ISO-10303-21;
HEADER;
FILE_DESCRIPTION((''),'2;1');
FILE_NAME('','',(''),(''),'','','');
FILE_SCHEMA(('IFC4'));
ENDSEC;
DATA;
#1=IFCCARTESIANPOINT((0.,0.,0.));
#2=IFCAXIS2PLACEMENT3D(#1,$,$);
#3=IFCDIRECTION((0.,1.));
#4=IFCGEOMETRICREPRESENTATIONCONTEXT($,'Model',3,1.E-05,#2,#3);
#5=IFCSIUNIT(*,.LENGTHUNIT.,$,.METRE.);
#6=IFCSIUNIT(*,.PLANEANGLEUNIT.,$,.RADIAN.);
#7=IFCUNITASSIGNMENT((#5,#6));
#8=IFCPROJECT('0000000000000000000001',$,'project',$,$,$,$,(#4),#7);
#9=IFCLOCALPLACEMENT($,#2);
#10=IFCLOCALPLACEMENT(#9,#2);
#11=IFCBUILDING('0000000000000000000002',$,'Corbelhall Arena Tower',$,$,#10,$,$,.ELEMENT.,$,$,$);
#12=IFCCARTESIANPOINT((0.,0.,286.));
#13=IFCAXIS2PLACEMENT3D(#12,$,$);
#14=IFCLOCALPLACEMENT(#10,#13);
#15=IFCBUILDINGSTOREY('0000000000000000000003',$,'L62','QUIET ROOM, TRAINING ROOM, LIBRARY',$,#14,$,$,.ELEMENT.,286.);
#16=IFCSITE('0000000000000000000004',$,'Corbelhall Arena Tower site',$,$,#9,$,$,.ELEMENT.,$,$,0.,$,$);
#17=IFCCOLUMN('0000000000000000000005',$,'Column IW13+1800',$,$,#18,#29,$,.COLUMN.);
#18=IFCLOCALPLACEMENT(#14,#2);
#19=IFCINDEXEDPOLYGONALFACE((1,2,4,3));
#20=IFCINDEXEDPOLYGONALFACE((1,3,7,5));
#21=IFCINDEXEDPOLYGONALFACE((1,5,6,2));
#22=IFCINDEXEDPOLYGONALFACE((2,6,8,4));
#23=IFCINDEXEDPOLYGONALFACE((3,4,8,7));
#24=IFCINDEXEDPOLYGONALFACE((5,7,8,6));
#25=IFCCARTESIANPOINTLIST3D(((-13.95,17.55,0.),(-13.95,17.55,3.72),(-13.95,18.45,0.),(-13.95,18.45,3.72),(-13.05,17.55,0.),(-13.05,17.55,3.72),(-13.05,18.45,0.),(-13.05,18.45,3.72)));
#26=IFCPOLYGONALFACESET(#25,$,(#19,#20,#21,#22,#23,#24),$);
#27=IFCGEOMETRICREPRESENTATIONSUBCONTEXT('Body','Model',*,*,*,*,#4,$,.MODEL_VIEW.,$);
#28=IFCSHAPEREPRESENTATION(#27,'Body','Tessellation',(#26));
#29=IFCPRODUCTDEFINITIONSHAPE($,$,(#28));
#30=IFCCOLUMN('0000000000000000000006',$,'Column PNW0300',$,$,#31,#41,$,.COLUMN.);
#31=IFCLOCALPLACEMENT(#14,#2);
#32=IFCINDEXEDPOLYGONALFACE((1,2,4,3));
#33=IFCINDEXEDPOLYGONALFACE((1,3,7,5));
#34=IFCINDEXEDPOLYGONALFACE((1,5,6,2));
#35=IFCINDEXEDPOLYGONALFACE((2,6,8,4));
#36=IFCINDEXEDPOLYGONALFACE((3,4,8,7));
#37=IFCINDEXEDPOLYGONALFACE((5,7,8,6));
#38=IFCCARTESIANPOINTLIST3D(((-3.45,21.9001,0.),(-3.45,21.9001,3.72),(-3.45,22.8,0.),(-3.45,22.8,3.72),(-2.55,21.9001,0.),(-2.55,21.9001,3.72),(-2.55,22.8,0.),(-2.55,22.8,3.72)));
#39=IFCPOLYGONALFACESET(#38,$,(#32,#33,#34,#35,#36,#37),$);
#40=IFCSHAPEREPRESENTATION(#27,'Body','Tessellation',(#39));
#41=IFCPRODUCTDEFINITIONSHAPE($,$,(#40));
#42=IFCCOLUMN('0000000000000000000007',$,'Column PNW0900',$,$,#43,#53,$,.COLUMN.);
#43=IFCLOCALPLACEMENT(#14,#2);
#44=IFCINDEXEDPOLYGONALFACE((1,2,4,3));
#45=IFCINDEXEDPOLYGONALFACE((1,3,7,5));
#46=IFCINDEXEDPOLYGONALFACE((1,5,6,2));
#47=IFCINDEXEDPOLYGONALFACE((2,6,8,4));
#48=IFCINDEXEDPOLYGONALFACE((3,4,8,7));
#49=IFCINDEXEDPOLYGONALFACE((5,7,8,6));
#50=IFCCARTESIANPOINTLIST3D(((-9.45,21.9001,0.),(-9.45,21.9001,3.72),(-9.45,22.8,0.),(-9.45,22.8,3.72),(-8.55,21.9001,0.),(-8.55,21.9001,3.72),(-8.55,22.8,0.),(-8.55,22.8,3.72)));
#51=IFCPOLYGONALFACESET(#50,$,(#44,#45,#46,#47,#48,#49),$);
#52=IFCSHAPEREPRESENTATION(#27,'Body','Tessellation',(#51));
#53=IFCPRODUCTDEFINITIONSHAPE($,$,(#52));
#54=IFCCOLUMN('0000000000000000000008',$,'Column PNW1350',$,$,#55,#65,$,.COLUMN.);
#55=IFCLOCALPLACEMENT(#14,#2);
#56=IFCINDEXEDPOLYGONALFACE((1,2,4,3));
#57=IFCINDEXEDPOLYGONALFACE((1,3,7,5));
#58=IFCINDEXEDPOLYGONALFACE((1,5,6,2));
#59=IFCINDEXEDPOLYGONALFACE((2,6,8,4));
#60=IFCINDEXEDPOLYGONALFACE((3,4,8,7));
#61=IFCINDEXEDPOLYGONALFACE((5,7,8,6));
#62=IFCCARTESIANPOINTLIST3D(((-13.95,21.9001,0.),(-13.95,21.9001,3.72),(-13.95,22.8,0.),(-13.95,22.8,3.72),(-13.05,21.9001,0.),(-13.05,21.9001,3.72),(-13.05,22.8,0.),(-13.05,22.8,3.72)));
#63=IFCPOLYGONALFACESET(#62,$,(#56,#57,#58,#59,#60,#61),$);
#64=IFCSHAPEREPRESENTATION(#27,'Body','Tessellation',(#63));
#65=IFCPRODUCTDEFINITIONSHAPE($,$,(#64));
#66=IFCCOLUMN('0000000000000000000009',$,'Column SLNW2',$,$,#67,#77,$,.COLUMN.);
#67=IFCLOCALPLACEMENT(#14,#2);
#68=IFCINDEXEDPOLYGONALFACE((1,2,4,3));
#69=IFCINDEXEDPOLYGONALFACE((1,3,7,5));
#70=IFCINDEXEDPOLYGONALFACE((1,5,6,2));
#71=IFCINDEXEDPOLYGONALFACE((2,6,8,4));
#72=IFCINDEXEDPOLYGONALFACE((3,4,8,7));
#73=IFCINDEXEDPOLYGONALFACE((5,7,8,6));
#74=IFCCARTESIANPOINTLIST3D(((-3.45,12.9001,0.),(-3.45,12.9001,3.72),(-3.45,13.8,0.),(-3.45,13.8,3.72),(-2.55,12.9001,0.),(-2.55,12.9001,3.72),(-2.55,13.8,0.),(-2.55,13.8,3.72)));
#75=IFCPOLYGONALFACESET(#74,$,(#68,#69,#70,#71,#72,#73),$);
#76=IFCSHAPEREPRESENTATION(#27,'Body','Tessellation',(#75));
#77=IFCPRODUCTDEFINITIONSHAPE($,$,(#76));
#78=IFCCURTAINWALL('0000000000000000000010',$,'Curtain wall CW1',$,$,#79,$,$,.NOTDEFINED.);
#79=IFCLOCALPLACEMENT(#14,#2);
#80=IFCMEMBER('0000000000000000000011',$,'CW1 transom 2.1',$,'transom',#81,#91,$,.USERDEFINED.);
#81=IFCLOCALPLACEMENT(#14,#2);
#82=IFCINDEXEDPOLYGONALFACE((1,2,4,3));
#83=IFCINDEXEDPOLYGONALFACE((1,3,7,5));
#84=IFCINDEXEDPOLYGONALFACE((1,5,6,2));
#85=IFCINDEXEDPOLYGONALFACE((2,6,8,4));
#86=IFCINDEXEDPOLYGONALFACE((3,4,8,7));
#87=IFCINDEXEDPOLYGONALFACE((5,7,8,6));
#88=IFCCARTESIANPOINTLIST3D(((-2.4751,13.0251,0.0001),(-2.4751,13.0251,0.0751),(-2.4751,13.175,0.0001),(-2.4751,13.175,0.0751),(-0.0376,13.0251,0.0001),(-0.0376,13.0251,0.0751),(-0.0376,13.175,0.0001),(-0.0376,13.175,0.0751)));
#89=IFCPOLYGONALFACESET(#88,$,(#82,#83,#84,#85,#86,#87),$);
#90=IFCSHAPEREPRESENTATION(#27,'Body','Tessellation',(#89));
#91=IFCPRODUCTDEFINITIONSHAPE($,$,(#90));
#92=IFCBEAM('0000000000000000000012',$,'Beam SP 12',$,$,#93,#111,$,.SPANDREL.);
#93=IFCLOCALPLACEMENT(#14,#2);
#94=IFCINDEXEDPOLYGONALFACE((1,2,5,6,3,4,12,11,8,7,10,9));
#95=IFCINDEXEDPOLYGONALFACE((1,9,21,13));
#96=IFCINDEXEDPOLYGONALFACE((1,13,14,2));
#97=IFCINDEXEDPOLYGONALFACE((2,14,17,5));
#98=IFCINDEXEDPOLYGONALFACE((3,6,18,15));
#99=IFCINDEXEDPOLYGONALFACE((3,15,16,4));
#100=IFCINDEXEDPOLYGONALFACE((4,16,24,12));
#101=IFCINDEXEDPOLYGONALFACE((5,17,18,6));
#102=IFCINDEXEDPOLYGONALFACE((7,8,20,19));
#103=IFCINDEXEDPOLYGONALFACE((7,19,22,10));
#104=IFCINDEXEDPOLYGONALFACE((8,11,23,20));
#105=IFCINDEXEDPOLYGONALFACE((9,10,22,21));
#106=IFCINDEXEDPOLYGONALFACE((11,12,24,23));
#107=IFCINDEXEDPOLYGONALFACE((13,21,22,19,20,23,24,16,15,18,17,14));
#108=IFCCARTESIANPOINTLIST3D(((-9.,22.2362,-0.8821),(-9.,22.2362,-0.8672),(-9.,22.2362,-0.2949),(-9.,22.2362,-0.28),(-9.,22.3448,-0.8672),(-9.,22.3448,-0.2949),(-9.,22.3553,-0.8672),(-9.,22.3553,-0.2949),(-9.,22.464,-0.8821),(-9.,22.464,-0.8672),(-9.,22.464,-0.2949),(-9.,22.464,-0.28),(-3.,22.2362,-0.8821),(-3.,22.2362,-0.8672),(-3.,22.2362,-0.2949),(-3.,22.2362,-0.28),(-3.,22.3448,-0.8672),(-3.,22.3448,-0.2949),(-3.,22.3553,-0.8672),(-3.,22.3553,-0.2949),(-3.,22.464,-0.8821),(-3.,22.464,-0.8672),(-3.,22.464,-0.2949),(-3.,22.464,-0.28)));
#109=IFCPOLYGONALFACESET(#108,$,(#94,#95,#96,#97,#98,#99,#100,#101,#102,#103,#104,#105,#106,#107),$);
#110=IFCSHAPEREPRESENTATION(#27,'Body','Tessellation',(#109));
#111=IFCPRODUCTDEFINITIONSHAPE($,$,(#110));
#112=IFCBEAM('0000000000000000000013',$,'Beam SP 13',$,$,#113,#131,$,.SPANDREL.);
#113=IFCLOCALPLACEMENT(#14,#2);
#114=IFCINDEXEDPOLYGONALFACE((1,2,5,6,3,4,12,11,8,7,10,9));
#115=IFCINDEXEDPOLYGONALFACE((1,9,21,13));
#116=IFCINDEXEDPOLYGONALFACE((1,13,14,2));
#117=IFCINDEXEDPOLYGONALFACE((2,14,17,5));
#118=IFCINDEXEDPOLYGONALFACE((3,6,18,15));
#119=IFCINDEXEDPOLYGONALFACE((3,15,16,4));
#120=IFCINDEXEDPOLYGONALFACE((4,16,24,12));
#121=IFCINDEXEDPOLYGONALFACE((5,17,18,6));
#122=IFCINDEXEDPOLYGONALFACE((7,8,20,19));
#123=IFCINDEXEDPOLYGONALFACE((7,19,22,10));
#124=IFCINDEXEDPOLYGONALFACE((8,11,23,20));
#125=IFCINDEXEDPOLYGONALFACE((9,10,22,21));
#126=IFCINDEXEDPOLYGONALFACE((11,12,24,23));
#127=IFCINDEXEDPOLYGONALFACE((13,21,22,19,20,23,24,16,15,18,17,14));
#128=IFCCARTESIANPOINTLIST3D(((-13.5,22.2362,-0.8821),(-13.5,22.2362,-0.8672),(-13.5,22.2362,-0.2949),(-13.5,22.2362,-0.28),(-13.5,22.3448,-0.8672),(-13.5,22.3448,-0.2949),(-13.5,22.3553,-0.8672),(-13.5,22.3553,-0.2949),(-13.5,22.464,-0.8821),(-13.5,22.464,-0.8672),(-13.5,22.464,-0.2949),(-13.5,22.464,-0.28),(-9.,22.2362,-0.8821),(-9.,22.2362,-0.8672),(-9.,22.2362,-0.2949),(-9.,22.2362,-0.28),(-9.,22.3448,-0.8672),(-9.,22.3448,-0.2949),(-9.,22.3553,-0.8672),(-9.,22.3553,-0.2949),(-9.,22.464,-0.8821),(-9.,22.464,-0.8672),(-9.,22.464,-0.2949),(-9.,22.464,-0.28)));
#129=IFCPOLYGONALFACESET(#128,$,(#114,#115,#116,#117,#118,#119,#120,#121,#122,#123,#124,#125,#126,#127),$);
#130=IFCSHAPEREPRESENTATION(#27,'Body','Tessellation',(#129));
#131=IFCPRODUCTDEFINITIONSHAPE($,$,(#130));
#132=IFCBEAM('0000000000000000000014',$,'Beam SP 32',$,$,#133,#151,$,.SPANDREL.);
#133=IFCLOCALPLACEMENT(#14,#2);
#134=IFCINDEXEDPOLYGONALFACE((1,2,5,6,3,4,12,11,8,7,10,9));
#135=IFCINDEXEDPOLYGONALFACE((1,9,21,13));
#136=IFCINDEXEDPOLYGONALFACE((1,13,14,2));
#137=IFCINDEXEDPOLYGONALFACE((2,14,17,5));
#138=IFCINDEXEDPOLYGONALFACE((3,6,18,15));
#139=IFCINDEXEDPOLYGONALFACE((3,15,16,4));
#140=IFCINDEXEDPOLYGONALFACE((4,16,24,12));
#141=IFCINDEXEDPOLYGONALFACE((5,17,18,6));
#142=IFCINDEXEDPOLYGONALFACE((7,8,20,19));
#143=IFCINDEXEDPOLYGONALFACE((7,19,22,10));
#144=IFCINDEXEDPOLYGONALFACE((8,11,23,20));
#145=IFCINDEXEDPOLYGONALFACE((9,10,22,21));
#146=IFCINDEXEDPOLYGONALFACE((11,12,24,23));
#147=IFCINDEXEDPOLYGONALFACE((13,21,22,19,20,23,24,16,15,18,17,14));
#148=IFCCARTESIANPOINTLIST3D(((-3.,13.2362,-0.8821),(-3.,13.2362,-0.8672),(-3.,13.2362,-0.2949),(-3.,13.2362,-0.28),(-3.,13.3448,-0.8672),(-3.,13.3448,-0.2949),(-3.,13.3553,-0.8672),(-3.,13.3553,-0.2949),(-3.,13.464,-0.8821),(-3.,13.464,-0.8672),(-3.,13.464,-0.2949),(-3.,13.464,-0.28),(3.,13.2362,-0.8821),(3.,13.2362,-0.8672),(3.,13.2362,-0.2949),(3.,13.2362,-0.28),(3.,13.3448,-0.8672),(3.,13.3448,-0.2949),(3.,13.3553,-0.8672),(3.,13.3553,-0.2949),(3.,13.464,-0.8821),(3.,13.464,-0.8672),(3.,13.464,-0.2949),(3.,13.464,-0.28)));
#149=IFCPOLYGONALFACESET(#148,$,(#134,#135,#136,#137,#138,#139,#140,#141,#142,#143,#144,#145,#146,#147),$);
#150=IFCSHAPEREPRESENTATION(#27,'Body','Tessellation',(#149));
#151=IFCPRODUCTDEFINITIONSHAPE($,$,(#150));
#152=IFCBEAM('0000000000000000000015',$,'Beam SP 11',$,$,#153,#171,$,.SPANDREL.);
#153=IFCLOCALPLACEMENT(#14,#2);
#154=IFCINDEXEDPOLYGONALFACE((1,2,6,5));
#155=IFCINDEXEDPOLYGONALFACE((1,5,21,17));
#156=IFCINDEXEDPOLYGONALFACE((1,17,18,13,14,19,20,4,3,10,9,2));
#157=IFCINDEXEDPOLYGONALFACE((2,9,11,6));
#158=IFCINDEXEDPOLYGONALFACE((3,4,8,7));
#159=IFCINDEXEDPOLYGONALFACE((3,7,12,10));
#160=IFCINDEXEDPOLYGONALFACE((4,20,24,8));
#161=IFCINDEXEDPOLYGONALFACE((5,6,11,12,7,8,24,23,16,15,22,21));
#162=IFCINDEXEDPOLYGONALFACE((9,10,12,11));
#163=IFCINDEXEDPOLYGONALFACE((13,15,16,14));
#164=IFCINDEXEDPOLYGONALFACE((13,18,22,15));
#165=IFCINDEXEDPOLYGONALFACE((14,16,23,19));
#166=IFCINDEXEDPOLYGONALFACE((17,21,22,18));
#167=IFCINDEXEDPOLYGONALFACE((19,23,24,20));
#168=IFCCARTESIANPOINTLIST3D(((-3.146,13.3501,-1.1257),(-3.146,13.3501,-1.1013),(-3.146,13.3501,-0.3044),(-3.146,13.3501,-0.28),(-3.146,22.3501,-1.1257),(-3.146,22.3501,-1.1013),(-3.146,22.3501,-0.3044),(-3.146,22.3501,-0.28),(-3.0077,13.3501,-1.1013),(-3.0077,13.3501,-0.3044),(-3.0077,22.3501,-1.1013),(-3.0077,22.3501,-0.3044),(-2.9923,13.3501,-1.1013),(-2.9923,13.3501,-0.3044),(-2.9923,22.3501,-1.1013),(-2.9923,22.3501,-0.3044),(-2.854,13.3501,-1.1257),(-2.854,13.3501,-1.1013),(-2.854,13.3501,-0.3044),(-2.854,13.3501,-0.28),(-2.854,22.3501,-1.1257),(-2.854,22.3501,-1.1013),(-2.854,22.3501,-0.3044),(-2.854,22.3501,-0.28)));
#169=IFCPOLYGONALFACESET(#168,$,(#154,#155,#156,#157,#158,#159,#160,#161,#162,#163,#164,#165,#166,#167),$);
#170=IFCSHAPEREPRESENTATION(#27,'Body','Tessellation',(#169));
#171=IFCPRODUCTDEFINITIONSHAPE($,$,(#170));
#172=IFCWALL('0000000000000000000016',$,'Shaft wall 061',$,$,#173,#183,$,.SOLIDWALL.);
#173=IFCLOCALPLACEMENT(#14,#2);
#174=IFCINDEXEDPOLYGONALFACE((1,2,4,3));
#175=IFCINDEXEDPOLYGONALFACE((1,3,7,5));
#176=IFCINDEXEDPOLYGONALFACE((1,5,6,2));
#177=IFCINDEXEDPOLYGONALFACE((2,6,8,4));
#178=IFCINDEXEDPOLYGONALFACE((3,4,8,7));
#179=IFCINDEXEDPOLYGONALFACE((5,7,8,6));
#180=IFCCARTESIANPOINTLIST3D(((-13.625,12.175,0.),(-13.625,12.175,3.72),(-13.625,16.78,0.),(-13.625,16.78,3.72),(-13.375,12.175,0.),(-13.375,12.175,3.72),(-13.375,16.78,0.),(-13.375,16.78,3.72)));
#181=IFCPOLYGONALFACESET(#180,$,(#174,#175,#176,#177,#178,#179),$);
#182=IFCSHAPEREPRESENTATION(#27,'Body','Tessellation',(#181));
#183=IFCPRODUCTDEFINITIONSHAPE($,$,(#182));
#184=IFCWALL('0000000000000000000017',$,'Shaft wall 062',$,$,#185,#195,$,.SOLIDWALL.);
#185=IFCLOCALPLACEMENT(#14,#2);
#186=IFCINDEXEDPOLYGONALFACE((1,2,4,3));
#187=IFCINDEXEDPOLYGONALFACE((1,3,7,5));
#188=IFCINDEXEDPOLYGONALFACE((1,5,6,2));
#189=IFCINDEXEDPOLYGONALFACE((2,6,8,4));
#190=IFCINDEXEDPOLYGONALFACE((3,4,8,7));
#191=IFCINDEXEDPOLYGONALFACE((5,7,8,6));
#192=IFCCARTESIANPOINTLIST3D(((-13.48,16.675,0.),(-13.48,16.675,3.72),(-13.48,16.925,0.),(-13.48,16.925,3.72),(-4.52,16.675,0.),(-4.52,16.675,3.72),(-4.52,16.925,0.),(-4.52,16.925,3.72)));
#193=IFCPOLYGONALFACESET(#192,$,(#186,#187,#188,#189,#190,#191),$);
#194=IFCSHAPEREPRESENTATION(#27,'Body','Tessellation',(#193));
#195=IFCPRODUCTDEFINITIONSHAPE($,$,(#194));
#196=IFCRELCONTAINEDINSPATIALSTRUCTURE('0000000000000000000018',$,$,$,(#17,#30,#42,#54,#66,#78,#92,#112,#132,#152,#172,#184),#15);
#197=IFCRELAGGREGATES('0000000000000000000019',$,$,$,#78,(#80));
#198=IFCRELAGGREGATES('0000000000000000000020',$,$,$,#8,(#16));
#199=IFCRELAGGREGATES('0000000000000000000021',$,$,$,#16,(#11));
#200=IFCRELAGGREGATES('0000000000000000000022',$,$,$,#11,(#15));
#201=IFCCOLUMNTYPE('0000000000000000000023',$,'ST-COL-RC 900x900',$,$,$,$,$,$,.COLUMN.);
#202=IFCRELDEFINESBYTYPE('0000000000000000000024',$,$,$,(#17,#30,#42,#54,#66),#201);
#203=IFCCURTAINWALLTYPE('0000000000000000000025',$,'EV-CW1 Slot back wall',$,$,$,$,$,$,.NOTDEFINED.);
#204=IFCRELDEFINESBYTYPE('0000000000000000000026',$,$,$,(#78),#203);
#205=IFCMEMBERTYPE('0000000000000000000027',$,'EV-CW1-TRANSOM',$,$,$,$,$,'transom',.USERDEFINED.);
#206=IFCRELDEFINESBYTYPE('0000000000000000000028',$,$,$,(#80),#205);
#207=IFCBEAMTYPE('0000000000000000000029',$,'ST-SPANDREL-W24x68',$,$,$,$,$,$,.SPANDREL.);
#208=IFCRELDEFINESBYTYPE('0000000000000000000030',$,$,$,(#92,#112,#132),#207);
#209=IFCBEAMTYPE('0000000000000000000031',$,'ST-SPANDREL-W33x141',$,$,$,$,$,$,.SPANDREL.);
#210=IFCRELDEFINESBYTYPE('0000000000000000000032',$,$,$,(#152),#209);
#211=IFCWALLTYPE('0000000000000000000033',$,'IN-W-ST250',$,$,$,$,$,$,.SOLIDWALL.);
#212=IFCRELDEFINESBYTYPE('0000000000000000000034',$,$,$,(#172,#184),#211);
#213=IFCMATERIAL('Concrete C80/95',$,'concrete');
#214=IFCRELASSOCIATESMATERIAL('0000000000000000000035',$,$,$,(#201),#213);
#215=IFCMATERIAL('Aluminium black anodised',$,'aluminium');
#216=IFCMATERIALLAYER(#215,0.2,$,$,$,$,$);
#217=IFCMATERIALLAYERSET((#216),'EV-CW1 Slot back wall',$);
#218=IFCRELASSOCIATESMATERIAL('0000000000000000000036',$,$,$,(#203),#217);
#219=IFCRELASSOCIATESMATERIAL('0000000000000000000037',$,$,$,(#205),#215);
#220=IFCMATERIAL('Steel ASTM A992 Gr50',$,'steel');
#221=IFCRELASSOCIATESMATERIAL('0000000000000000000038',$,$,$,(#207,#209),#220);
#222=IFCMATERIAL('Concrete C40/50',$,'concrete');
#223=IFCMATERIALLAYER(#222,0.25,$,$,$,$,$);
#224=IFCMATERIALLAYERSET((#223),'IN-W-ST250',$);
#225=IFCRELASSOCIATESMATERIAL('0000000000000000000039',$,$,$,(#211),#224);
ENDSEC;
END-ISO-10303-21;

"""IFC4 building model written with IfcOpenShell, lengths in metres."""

from ifc_helpers import new_model, si_unit, direction, frame, frame_2d, origin, origin_2d, place, context, subcontext, project, spatial, rectangle, i_section, extrude, material, layer, layer_set, material_profile, profile_set, type_object, element, aggregate, save


model = new_model("IFC4")

# Units and contexts
model_context = context("Model", 3, precision=1e-05, world=origin(), true_north=direction((0.0, 1.0)))
body_context = subcontext(model_context, "Body", "Model", "MODEL_VIEW")
ifc_project = project(units=[si_unit("LENGTHUNIT", "METRE"), si_unit("PLANEANGLEUNIT", "RADIAN")], contexts=[model_context])

# Site, building, storey
site_placement = place(None, origin())
site = spatial("IfcSite", under=ifc_project, at=site_placement, Name="Corbelhall Arena Tower site", CompositionType="ELEMENT", RefElevation=0.0)
building_placement = place(site_placement, origin())
building = spatial("IfcBuilding", under=site, at=building_placement, Name="Corbelhall Arena Tower", CompositionType="ELEMENT")
storey_placement = place(building_placement, frame((0.0, 0.0, 286.0)))
storey = spatial("IfcBuildingStorey", under=building, at=storey_placement, Name="L62", Description="QUIET ROOM, TRAINING ROOM, LIBRARY", CompositionType="ELEMENT", Elevation=286.0)

# Columns
ifc_material_1 = material(Name="Concrete C80/95", Category="concrete")
ifc_material_profile_1 = material_profile(ifc_material_1, rectangle(XDim=0.8999, YDim=0.8999, at=origin_2d()))
ifc_profile_set_1 = profile_set([ifc_material_profile_1], Name="Concrete C80/95")
column_type = type_object("IfcColumnType", Name="ST-COL-RC 900x900", PredefinedType="COLUMN", material=ifc_profile_set_1)
for number, where, z_axis, x_axis, name in (
    (1, (-13.5, 18.0, 0.0), (0.0, 0.0, 1.0), (1.0, 0.0, 0.0), "Column IW13+1800"),
    (2, (-3.0, 22.3501, 0.0), (0.0, 0.0, 1.0), (1.0, 0.0, 0.0), "Column PNW0300"),
    (3, (-9.0, 22.3501, 0.0), (0.0, 0.0, 1.0), (1.0, 0.0, 0.0), "Column PNW0900"),
    (4, (-13.5, 22.3501, 0.0), (0.0, 0.0, 1.0), (1.0, 0.0, 0.0), "Column PNW1350"),
    (5, (-3.0, 13.3501, 0.0), (0.0, 0.0, 1.0), (1.0, 0.0, 0.0), "Column SLNW2"),
):
    element("IfcColumn", number, at=place(storey_placement, frame(where, z_axis=z_axis, x_axis=x_axis)), inside=storey, type_object=column_type, Name=name, PredefinedType="COLUMN", context=body_context, shape_type="SweptSolid", body=[
        extrude(rectangle(XDim=0.8999, YDim=0.8999, at=origin_2d()), origin(), (0.0, 0.0, 1.0), 3.72),
    ])

# Curtain wall, member
ifc_material_2 = material(Name="Aluminium black anodised", Category="aluminium")
ifc_layer_1 = layer(ifc_material_2, 0.2)
ifc_layer_set_1 = layer_set([ifc_layer_1], Name="EV-CW1 Slot back wall")
curtain_wall_type = type_object("IfcCurtainWallType", Name="EV-CW1 Slot back wall", PredefinedType="NOTDEFINED", material=ifc_layer_set_1)
curtain_wall_placement = place(storey_placement, origin())
curtain_wall = element("IfcCurtainWall", 6, at=curtain_wall_placement, inside=storey, type_object=curtain_wall_type, Name="Curtain wall CW1", PredefinedType="NOTDEFINED")
ifc_material_profile_2 = material_profile(ifc_material_2, rectangle(XDim=0.1499, YDim=0.075, at=origin_2d()))
ifc_profile_set_2 = profile_set([ifc_material_profile_2], Name="Aluminium black anodised")
member_type = type_object("IfcMemberType", Name="EV-CW1-TRANSOM", ElementType="transom", PredefinedType="USERDEFINED", material=ifc_profile_set_2)
member_placement = place(storey_placement, frame((-0.0376, 13.1001, 0.0376), z_axis=(-1.0, 0.0, 0.0), x_axis=(0.0, -1.0, 0.0)))
member = element("IfcMember", 7, at=member_placement, type_object=member_type, Name="CW1 transom 2.1", ObjectType="transom", PredefinedType="USERDEFINED", context=body_context, shape_type="SweptSolid", body=[
    extrude(rectangle(XDim=0.1499, YDim=0.075, at=origin_2d()), origin(), (0.0, 0.0, 1.0), 2.4375),
])
aggregate(curtain_wall, [member])

# Beams
ifc_material_3 = material(Name="Steel ASTM A992 Gr50", Category="steel")
ifc_material_profile_3 = material_profile(ifc_material_3, i_section(OverallWidth=0.2278, OverallDepth=0.6021, WebThickness=0.0105, FlangeThickness=0.0149, at=origin_2d()))
ifc_profile_set_3 = profile_set([ifc_material_profile_3], Name="Steel ASTM A992 Gr50")
beam_type_1 = type_object("IfcBeamType", Name="ST-SPANDREL-W24x68", PredefinedType="SPANDREL", material=ifc_profile_set_3)
beam_1_placement = place(storey_placement, frame((-9.0, 22.3501, -0.5811), z_axis=(1.0, 0.0, 0.0), x_axis=(0.0, 1.0, 0.0)))
element("IfcBeam", 8, at=beam_1_placement, inside=storey, type_object=beam_type_1, Name="Beam SP 12", PredefinedType="SPANDREL", context=body_context, shape_type="SweptSolid", body=[
    extrude(i_section(OverallWidth=0.2278, OverallDepth=0.6021, WebThickness=0.0105, FlangeThickness=0.0149, at=origin_2d()), origin(), (0.0, 0.0, 1.0), 6.0),
])
beam_2_placement = place(storey_placement, frame((-13.5, 22.3501, -0.5811), z_axis=(1.0, 0.0, 0.0), x_axis=(0.0, 1.0, 0.0)))
element("IfcBeam", 9, at=beam_2_placement, inside=storey, type_object=beam_type_1, Name="Beam SP 13", PredefinedType="SPANDREL", context=body_context, shape_type="SweptSolid", body=[
    extrude(i_section(OverallWidth=0.2278, OverallDepth=0.6021, WebThickness=0.0105, FlangeThickness=0.0149, at=origin_2d()), origin(), (0.0, 0.0, 1.0), 4.5),
])
beam_3_placement = place(storey_placement, frame((-3.0, 13.3501, -0.5811), z_axis=(1.0, 0.0, 0.0), x_axis=(0.0, 1.0, 0.0)))
element("IfcBeam", 10, at=beam_3_placement, inside=storey, type_object=beam_type_1, Name="Beam SP 32", PredefinedType="SPANDREL", context=body_context, shape_type="SweptSolid", body=[
    extrude(i_section(OverallWidth=0.2278, OverallDepth=0.6021, WebThickness=0.0105, FlangeThickness=0.0149, at=origin_2d()), origin(), (0.0, 0.0, 1.0), 6.0),
])
ifc_material_profile_4 = material_profile(ifc_material_3, i_section(OverallWidth=0.292, OverallDepth=0.8457, WebThickness=0.0154, FlangeThickness=0.0244, at=origin_2d()))
ifc_profile_set_4 = profile_set([ifc_material_profile_4], Name="Steel ASTM A992 Gr50")
beam_type_2 = type_object("IfcBeamType", Name="ST-SPANDREL-W33x141", PredefinedType="SPANDREL", material=ifc_profile_set_4)
beam_4_placement = place(storey_placement, frame((-3.0, 22.3501, -0.7029), z_axis=(0.0, -1.0, 0.0), x_axis=(1.0, 0.0, 0.0)))
element("IfcBeam", 11, at=beam_4_placement, inside=storey, type_object=beam_type_2, Name="Beam SP 11", PredefinedType="SPANDREL", context=body_context, shape_type="SweptSolid", body=[
    extrude(i_section(OverallWidth=0.292, OverallDepth=0.8457, WebThickness=0.0154, FlangeThickness=0.0244, at=origin_2d()), origin(), (0.0, 0.0, 1.0), 9.0),
])

# Walls
ifc_material_4 = material(Name="Concrete C40/50", Category="concrete")
ifc_layer_2 = layer(ifc_material_4, 0.25)
ifc_layer_set_2 = layer_set([ifc_layer_2], Name="IN-W-ST250")
wall_type_1 = type_object("IfcWallType", Name="IN-W-ST250", PredefinedType="SOLIDWALL", material=ifc_layer_set_2)
wall_1_placement = place(storey_placement, frame((-13.5, 16.78, 0.0), z_axis=(0.0, 0.0, 1.0), x_axis=(0.0, -1.0, 0.0)))
element("IfcWall", 12, at=wall_1_placement, inside=storey, type_object=wall_type_1, Name="Shaft wall 061", PredefinedType="SOLIDWALL", context=body_context, shape_type="SweptSolid", body=[
    extrude(rectangle(XDim=4.605, YDim=0.25, at=frame_2d((2.3025, 0.0))), origin(), (0.0, 0.0, 1.0), 3.72),
])
wall_2_placement = place(storey_placement, frame((-13.48, 16.8, 0.0), z_axis=(0.0, 0.0, 1.0), x_axis=(1.0, 0.0, 0.0)))
element("IfcWall", 13, at=wall_2_placement, inside=storey, type_object=wall_type_1, Name="Shaft wall 062", PredefinedType="SOLIDWALL", context=body_context, shape_type="SweptSolid", body=[
    extrude(rectangle(XDim=8.96, YDim=0.25, at=frame_2d((4.48, 0.0))), origin(), (0.0, 0.0, 1.0), 3.72),
])

save(model, "model.ifc")
